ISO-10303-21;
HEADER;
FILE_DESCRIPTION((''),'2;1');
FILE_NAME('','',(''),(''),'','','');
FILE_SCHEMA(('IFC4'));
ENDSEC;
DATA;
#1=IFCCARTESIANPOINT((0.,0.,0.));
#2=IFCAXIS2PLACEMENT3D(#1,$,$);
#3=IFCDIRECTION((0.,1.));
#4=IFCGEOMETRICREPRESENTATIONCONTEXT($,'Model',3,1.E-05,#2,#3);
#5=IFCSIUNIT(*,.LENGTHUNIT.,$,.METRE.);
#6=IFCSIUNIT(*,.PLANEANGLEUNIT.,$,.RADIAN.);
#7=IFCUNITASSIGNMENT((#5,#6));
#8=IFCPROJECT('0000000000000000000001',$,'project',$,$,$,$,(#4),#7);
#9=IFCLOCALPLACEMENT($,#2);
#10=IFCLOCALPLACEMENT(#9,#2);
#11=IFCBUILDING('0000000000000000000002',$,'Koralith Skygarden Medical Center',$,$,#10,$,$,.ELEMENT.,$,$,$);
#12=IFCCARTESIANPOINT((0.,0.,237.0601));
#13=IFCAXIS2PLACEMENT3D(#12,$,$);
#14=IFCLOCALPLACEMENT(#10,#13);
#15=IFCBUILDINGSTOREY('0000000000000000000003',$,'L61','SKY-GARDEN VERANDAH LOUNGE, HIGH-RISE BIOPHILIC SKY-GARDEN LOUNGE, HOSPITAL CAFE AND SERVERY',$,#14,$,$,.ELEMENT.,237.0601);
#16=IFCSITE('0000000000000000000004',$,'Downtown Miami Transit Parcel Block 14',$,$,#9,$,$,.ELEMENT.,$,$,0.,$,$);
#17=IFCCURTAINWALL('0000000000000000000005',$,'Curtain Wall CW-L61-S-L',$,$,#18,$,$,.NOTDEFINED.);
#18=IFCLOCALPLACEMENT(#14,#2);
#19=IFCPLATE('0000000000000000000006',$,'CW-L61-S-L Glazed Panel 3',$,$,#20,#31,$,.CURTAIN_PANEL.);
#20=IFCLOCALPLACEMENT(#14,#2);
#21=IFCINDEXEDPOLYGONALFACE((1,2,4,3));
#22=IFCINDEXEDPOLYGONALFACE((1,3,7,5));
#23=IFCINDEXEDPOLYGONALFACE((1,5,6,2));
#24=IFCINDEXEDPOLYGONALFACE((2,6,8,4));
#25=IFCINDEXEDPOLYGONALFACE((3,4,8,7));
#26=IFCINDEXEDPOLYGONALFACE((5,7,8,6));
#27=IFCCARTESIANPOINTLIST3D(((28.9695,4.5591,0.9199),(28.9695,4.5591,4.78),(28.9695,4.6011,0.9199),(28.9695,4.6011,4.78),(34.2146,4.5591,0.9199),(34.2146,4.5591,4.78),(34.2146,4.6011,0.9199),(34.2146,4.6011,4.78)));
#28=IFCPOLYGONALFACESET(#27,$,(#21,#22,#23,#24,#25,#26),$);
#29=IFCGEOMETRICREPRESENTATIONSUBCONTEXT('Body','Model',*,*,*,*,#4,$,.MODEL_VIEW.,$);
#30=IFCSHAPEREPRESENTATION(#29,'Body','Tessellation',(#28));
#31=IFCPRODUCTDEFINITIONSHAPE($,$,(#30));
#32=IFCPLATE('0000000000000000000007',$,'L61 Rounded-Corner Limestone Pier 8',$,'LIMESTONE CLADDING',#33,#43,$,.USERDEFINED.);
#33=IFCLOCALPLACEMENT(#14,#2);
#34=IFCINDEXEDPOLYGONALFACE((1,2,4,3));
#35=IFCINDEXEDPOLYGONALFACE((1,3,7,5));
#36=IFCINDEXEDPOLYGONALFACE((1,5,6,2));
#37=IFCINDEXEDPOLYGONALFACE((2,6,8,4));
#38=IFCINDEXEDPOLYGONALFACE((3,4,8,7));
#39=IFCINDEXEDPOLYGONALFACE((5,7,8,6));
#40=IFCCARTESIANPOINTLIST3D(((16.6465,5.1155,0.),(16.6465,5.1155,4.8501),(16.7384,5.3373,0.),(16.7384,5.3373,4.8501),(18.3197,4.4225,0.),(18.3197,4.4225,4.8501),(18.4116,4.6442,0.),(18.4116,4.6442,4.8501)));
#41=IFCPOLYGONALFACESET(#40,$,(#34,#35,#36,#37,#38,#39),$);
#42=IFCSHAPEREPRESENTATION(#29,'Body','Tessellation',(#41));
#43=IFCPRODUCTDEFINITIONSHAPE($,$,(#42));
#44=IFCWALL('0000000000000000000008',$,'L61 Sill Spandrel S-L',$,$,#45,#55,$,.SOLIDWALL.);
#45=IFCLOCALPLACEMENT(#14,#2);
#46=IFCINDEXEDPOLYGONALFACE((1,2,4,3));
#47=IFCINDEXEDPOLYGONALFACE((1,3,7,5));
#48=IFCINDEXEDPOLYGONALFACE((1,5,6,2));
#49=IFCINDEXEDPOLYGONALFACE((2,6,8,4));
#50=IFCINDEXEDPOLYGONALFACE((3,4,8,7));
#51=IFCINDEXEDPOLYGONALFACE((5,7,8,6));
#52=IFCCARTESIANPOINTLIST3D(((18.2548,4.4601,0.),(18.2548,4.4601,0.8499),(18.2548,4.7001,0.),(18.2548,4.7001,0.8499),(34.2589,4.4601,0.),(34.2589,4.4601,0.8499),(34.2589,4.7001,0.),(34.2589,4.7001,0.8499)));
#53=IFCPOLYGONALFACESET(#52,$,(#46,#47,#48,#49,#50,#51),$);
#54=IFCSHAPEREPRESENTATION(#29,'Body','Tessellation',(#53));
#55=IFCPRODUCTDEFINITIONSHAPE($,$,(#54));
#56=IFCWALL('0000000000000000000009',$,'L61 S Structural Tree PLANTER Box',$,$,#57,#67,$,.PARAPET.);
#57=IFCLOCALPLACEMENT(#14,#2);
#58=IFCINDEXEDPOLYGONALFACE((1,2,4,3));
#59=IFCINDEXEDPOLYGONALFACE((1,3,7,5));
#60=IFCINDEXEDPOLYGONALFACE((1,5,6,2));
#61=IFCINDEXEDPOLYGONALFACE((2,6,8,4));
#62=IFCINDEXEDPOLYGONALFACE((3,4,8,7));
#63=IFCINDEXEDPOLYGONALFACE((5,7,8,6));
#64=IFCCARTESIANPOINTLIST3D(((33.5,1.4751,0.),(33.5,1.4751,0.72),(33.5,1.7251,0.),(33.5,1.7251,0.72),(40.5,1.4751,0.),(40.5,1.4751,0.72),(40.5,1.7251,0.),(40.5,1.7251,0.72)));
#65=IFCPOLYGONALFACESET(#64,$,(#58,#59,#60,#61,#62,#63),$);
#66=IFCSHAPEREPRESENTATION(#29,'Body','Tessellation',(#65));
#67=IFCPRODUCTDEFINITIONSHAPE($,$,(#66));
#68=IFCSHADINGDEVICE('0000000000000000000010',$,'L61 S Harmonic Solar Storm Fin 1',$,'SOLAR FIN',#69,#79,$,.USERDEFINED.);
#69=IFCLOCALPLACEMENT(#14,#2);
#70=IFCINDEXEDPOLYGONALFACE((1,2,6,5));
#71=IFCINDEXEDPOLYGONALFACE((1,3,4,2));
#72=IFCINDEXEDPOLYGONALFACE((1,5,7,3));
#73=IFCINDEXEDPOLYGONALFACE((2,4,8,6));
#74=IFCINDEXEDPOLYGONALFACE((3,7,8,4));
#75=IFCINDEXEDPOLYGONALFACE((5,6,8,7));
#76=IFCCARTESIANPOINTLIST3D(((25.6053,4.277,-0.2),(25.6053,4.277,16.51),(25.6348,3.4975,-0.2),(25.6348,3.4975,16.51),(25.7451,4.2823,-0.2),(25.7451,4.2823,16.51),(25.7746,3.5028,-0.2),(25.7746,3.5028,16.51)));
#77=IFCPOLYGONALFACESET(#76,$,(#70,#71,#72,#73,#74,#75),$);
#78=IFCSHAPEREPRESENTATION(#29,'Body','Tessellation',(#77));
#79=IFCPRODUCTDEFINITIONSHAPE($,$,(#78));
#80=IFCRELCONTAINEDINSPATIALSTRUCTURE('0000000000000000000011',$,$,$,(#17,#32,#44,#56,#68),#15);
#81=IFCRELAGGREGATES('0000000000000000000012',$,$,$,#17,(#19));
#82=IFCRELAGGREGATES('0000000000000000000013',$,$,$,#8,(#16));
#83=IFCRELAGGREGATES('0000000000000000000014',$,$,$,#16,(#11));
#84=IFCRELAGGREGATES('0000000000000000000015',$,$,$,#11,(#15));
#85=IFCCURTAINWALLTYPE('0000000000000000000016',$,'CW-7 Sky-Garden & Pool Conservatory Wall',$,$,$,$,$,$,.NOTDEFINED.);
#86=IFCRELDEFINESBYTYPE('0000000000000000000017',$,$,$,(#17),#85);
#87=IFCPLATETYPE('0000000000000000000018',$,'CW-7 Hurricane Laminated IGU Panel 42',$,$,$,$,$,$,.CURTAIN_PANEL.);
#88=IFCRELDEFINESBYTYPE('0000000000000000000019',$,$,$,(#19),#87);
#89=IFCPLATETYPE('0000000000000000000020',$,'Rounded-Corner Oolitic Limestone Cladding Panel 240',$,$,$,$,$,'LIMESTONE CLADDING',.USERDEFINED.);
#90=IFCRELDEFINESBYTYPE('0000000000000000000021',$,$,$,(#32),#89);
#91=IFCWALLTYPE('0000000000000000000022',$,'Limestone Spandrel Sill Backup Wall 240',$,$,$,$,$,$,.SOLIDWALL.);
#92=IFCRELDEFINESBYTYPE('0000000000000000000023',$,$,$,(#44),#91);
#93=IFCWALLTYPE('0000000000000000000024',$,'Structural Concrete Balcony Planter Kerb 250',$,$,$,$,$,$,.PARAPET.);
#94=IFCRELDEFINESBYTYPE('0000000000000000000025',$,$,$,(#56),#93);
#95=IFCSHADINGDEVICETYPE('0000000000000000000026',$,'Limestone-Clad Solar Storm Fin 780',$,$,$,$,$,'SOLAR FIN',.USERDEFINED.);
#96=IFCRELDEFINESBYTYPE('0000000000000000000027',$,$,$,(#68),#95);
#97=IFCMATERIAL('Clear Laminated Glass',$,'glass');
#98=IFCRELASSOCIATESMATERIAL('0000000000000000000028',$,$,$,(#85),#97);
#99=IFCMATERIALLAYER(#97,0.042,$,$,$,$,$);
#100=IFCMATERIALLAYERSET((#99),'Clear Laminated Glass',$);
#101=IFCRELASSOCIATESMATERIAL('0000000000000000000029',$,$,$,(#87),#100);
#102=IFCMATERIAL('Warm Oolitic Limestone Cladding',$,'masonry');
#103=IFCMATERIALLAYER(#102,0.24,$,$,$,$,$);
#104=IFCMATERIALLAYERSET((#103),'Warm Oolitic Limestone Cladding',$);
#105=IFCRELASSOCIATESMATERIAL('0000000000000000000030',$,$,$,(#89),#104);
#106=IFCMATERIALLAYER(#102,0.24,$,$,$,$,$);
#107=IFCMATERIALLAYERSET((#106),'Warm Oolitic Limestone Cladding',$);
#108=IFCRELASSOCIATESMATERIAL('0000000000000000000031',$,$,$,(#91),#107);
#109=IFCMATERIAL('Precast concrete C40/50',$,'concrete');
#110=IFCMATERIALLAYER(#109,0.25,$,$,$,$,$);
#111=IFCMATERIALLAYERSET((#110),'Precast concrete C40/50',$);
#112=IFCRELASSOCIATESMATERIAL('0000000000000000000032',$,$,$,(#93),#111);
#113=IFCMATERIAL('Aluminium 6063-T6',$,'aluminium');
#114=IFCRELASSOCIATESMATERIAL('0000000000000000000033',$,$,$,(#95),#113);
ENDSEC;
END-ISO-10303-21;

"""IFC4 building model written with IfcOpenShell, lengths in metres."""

from ifc_helpers import new_model, si_unit, direction, frame, frame_2d, origin, origin_2d, place, context, subcontext, project, spatial, rectangle, extrude, material, layer, layer_set, type_object, element, aggregate, save


model = new_model("IFC4")

# Units and contexts
model_context = context("Model", 3, precision=1e-05, world=origin(), true_north=direction((0.0, 1.0)))
body_context = subcontext(model_context, "Body", "Model", "MODEL_VIEW")
ifc_project = project(units=[si_unit("LENGTHUNIT", "METRE"), si_unit("PLANEANGLEUNIT", "RADIAN")], contexts=[model_context])

# Site, building, storey
site_placement = place(None, origin())
site = spatial("IfcSite", under=ifc_project, at=site_placement, Name="Downtown Miami Transit Parcel Block 14", CompositionType="ELEMENT", RefElevation=0.0)
building_placement = place(site_placement, origin())
building = spatial("IfcBuilding", under=site, at=building_placement, Name="Koralith Skygarden Medical Center", CompositionType="ELEMENT")
storey_placement = place(building_placement, frame((0.0, 0.0, 237.0601)))
storey = spatial("IfcBuildingStorey", under=building, at=storey_placement, Name="L61", Description="SKY-GARDEN VERANDAH LOUNGE, HIGH-RISE BIOPHILIC SKY-GARDEN LOUNGE, HOSPITAL CAFE AND SERVERY", CompositionType="ELEMENT", Elevation=237.0601)

# Curtain wall
ifc_material_1 = material(Name="Clear Laminated Glass", Category="glass")
curtain_wall_type = type_object("IfcCurtainWallType", Name="CW-7 Sky-Garden & Pool Conservatory Wall", PredefinedType="NOTDEFINED", material=ifc_material_1)
curtain_wall_1_placement = place(storey_placement, origin())
curtain_wall_1 = element("IfcCurtainWall", 1, at=curtain_wall_1_placement, inside=storey, type_object=curtain_wall_type, Name="Curtain Wall CW-L61-S-L", PredefinedType="NOTDEFINED")
ifc_material_2 = material(Name="Aluminium 6063-T6", Category="aluminium")

# Plates
ifc_layer_1 = layer(ifc_material_1, 0.042)
ifc_layer_set_1 = layer_set([ifc_layer_1], Name="Clear Laminated Glass")
plate_type_1 = type_object("IfcPlateType", Name="CW-7 Hurricane Laminated IGU Panel 42", PredefinedType="CURTAIN_PANEL", material=ifc_layer_set_1)
plate_1_placement = place(storey_placement, frame((31.592, 4.5801, 0.9199), z_axis=(0.0, 0.0, 1.0), x_axis=(1.0, 0.0, 0.0)))
plate_1 = element("IfcPlate", 2, at=plate_1_placement, type_object=plate_type_1, Name="CW-L61-S-L Glazed Panel 3", PredefinedType="CURTAIN_PANEL", context=body_context, shape_type="SweptSolid", body=[
    extrude(rectangle(XDim=5.2451, YDim=0.042, at=origin_2d()), origin(), (0.0, 0.0, 1.0), 3.8601),
])
aggregate(curtain_wall_1, [plate_1])
ifc_material_3 = material(Name="Warm Oolitic Limestone Cladding", Category="masonry")
ifc_layer_2 = layer(ifc_material_3, 0.24)
ifc_layer_set_2 = layer_set([ifc_layer_2], Name="Warm Oolitic Limestone Cladding")
plate_type_2 = type_object("IfcPlateType", Name="Rounded-Corner Oolitic Limestone Cladding Panel 240", ElementType="LIMESTONE CLADDING", PredefinedType="USERDEFINED", material=ifc_layer_set_2)
plate_2_placement = place(storey_placement, frame((17.5291, 4.8799, 0.0), z_axis=(0.0, 0.0, 1.0), x_axis=(0.923885, -0.382671, 0.0)))
element("IfcPlate", 3, at=plate_2_placement, inside=storey, type_object=plate_type_2, Name="L61 Rounded-Corner Limestone Pier 8", ObjectType="LIMESTONE CLADDING", PredefinedType="USERDEFINED", context=body_context, shape_type="SweptSolid", body=[
    extrude(rectangle(XDim=1.811, YDim=0.24, at=origin_2d()), origin(), (0.0, 0.0, 1.0), 4.8501),
])

# Walls
ifc_layer_3 = layer(ifc_material_3, 0.24)
ifc_layer_set_3 = layer_set([ifc_layer_3], Name="Warm Oolitic Limestone Cladding")
wall_type_1 = type_object("IfcWallType", Name="Limestone Spandrel Sill Backup Wall 240", PredefinedType="SOLIDWALL", material=ifc_layer_set_3)
wall_1_placement = place(storey_placement, frame((18.2549, 4.5801, 0.0), z_axis=(0.0, 0.0, 1.0), x_axis=(1.0, 0.0, 0.0)))
element("IfcWall", 4, at=wall_1_placement, inside=storey, type_object=wall_type_1, Name="L61 Sill Spandrel S-L", PredefinedType="SOLIDWALL", context=body_context, shape_type="SweptSolid", body=[
    extrude(rectangle(XDim=16.0042, YDim=0.24, at=frame_2d((8.002, 0.0))), origin(), (0.0, 0.0, 1.0), 0.8499),
])
ifc_material_4 = material(Name="Precast concrete C40/50", Category="concrete")
ifc_layer_4 = layer(ifc_material_4, 0.25)
ifc_layer_set_4 = layer_set([ifc_layer_4], Name="Precast concrete C40/50")
wall_type_2 = type_object("IfcWallType", Name="Structural Concrete Balcony Planter Kerb 250", PredefinedType="PARAPET", material=ifc_layer_set_4)
wall_2_placement = place(storey_placement, frame((33.5, 1.6001, 0.0), z_axis=(0.0, 0.0, 1.0), x_axis=(1.0, 0.0, 0.0)))
element("IfcWall", 5, at=wall_2_placement, inside=storey, type_object=wall_type_2, Name="L61 S Structural Tree PLANTER Box", PredefinedType="PARAPET", context=body_context, shape_type="SweptSolid", body=[
    extrude(rectangle(XDim=7.0, YDim=0.25, at=frame_2d((3.5, 0.0))), origin(), (0.0, 0.0, 1.0), 0.72),
])

# Shading device
shading_device_type = type_object("IfcShadingDeviceType", Name="Limestone-Clad Solar Storm Fin 780", ElementType="SOLAR FIN", PredefinedType="USERDEFINED", material=ifc_material_2)
shading_device_placement = place(storey_placement, frame((25.6899, 3.8899, -0.2), z_axis=(0.0, 0.0, 1.0), x_axis=(0.03783, -0.999284, 0.0)))
element("IfcShadingDevice", 6, at=shading_device_placement, inside=storey, type_object=shading_device_type, Name="L61 S Harmonic Solar Storm Fin 1", ObjectType="SOLAR FIN", PredefinedType="USERDEFINED", context=body_context, shape_type="SweptSolid", body=[
    extrude(rectangle(XDim=0.78, YDim=0.1399, at=origin_2d()), origin(), (0.0, 0.0, 1.0), 16.71),
])

save(model, "model.ifc")
